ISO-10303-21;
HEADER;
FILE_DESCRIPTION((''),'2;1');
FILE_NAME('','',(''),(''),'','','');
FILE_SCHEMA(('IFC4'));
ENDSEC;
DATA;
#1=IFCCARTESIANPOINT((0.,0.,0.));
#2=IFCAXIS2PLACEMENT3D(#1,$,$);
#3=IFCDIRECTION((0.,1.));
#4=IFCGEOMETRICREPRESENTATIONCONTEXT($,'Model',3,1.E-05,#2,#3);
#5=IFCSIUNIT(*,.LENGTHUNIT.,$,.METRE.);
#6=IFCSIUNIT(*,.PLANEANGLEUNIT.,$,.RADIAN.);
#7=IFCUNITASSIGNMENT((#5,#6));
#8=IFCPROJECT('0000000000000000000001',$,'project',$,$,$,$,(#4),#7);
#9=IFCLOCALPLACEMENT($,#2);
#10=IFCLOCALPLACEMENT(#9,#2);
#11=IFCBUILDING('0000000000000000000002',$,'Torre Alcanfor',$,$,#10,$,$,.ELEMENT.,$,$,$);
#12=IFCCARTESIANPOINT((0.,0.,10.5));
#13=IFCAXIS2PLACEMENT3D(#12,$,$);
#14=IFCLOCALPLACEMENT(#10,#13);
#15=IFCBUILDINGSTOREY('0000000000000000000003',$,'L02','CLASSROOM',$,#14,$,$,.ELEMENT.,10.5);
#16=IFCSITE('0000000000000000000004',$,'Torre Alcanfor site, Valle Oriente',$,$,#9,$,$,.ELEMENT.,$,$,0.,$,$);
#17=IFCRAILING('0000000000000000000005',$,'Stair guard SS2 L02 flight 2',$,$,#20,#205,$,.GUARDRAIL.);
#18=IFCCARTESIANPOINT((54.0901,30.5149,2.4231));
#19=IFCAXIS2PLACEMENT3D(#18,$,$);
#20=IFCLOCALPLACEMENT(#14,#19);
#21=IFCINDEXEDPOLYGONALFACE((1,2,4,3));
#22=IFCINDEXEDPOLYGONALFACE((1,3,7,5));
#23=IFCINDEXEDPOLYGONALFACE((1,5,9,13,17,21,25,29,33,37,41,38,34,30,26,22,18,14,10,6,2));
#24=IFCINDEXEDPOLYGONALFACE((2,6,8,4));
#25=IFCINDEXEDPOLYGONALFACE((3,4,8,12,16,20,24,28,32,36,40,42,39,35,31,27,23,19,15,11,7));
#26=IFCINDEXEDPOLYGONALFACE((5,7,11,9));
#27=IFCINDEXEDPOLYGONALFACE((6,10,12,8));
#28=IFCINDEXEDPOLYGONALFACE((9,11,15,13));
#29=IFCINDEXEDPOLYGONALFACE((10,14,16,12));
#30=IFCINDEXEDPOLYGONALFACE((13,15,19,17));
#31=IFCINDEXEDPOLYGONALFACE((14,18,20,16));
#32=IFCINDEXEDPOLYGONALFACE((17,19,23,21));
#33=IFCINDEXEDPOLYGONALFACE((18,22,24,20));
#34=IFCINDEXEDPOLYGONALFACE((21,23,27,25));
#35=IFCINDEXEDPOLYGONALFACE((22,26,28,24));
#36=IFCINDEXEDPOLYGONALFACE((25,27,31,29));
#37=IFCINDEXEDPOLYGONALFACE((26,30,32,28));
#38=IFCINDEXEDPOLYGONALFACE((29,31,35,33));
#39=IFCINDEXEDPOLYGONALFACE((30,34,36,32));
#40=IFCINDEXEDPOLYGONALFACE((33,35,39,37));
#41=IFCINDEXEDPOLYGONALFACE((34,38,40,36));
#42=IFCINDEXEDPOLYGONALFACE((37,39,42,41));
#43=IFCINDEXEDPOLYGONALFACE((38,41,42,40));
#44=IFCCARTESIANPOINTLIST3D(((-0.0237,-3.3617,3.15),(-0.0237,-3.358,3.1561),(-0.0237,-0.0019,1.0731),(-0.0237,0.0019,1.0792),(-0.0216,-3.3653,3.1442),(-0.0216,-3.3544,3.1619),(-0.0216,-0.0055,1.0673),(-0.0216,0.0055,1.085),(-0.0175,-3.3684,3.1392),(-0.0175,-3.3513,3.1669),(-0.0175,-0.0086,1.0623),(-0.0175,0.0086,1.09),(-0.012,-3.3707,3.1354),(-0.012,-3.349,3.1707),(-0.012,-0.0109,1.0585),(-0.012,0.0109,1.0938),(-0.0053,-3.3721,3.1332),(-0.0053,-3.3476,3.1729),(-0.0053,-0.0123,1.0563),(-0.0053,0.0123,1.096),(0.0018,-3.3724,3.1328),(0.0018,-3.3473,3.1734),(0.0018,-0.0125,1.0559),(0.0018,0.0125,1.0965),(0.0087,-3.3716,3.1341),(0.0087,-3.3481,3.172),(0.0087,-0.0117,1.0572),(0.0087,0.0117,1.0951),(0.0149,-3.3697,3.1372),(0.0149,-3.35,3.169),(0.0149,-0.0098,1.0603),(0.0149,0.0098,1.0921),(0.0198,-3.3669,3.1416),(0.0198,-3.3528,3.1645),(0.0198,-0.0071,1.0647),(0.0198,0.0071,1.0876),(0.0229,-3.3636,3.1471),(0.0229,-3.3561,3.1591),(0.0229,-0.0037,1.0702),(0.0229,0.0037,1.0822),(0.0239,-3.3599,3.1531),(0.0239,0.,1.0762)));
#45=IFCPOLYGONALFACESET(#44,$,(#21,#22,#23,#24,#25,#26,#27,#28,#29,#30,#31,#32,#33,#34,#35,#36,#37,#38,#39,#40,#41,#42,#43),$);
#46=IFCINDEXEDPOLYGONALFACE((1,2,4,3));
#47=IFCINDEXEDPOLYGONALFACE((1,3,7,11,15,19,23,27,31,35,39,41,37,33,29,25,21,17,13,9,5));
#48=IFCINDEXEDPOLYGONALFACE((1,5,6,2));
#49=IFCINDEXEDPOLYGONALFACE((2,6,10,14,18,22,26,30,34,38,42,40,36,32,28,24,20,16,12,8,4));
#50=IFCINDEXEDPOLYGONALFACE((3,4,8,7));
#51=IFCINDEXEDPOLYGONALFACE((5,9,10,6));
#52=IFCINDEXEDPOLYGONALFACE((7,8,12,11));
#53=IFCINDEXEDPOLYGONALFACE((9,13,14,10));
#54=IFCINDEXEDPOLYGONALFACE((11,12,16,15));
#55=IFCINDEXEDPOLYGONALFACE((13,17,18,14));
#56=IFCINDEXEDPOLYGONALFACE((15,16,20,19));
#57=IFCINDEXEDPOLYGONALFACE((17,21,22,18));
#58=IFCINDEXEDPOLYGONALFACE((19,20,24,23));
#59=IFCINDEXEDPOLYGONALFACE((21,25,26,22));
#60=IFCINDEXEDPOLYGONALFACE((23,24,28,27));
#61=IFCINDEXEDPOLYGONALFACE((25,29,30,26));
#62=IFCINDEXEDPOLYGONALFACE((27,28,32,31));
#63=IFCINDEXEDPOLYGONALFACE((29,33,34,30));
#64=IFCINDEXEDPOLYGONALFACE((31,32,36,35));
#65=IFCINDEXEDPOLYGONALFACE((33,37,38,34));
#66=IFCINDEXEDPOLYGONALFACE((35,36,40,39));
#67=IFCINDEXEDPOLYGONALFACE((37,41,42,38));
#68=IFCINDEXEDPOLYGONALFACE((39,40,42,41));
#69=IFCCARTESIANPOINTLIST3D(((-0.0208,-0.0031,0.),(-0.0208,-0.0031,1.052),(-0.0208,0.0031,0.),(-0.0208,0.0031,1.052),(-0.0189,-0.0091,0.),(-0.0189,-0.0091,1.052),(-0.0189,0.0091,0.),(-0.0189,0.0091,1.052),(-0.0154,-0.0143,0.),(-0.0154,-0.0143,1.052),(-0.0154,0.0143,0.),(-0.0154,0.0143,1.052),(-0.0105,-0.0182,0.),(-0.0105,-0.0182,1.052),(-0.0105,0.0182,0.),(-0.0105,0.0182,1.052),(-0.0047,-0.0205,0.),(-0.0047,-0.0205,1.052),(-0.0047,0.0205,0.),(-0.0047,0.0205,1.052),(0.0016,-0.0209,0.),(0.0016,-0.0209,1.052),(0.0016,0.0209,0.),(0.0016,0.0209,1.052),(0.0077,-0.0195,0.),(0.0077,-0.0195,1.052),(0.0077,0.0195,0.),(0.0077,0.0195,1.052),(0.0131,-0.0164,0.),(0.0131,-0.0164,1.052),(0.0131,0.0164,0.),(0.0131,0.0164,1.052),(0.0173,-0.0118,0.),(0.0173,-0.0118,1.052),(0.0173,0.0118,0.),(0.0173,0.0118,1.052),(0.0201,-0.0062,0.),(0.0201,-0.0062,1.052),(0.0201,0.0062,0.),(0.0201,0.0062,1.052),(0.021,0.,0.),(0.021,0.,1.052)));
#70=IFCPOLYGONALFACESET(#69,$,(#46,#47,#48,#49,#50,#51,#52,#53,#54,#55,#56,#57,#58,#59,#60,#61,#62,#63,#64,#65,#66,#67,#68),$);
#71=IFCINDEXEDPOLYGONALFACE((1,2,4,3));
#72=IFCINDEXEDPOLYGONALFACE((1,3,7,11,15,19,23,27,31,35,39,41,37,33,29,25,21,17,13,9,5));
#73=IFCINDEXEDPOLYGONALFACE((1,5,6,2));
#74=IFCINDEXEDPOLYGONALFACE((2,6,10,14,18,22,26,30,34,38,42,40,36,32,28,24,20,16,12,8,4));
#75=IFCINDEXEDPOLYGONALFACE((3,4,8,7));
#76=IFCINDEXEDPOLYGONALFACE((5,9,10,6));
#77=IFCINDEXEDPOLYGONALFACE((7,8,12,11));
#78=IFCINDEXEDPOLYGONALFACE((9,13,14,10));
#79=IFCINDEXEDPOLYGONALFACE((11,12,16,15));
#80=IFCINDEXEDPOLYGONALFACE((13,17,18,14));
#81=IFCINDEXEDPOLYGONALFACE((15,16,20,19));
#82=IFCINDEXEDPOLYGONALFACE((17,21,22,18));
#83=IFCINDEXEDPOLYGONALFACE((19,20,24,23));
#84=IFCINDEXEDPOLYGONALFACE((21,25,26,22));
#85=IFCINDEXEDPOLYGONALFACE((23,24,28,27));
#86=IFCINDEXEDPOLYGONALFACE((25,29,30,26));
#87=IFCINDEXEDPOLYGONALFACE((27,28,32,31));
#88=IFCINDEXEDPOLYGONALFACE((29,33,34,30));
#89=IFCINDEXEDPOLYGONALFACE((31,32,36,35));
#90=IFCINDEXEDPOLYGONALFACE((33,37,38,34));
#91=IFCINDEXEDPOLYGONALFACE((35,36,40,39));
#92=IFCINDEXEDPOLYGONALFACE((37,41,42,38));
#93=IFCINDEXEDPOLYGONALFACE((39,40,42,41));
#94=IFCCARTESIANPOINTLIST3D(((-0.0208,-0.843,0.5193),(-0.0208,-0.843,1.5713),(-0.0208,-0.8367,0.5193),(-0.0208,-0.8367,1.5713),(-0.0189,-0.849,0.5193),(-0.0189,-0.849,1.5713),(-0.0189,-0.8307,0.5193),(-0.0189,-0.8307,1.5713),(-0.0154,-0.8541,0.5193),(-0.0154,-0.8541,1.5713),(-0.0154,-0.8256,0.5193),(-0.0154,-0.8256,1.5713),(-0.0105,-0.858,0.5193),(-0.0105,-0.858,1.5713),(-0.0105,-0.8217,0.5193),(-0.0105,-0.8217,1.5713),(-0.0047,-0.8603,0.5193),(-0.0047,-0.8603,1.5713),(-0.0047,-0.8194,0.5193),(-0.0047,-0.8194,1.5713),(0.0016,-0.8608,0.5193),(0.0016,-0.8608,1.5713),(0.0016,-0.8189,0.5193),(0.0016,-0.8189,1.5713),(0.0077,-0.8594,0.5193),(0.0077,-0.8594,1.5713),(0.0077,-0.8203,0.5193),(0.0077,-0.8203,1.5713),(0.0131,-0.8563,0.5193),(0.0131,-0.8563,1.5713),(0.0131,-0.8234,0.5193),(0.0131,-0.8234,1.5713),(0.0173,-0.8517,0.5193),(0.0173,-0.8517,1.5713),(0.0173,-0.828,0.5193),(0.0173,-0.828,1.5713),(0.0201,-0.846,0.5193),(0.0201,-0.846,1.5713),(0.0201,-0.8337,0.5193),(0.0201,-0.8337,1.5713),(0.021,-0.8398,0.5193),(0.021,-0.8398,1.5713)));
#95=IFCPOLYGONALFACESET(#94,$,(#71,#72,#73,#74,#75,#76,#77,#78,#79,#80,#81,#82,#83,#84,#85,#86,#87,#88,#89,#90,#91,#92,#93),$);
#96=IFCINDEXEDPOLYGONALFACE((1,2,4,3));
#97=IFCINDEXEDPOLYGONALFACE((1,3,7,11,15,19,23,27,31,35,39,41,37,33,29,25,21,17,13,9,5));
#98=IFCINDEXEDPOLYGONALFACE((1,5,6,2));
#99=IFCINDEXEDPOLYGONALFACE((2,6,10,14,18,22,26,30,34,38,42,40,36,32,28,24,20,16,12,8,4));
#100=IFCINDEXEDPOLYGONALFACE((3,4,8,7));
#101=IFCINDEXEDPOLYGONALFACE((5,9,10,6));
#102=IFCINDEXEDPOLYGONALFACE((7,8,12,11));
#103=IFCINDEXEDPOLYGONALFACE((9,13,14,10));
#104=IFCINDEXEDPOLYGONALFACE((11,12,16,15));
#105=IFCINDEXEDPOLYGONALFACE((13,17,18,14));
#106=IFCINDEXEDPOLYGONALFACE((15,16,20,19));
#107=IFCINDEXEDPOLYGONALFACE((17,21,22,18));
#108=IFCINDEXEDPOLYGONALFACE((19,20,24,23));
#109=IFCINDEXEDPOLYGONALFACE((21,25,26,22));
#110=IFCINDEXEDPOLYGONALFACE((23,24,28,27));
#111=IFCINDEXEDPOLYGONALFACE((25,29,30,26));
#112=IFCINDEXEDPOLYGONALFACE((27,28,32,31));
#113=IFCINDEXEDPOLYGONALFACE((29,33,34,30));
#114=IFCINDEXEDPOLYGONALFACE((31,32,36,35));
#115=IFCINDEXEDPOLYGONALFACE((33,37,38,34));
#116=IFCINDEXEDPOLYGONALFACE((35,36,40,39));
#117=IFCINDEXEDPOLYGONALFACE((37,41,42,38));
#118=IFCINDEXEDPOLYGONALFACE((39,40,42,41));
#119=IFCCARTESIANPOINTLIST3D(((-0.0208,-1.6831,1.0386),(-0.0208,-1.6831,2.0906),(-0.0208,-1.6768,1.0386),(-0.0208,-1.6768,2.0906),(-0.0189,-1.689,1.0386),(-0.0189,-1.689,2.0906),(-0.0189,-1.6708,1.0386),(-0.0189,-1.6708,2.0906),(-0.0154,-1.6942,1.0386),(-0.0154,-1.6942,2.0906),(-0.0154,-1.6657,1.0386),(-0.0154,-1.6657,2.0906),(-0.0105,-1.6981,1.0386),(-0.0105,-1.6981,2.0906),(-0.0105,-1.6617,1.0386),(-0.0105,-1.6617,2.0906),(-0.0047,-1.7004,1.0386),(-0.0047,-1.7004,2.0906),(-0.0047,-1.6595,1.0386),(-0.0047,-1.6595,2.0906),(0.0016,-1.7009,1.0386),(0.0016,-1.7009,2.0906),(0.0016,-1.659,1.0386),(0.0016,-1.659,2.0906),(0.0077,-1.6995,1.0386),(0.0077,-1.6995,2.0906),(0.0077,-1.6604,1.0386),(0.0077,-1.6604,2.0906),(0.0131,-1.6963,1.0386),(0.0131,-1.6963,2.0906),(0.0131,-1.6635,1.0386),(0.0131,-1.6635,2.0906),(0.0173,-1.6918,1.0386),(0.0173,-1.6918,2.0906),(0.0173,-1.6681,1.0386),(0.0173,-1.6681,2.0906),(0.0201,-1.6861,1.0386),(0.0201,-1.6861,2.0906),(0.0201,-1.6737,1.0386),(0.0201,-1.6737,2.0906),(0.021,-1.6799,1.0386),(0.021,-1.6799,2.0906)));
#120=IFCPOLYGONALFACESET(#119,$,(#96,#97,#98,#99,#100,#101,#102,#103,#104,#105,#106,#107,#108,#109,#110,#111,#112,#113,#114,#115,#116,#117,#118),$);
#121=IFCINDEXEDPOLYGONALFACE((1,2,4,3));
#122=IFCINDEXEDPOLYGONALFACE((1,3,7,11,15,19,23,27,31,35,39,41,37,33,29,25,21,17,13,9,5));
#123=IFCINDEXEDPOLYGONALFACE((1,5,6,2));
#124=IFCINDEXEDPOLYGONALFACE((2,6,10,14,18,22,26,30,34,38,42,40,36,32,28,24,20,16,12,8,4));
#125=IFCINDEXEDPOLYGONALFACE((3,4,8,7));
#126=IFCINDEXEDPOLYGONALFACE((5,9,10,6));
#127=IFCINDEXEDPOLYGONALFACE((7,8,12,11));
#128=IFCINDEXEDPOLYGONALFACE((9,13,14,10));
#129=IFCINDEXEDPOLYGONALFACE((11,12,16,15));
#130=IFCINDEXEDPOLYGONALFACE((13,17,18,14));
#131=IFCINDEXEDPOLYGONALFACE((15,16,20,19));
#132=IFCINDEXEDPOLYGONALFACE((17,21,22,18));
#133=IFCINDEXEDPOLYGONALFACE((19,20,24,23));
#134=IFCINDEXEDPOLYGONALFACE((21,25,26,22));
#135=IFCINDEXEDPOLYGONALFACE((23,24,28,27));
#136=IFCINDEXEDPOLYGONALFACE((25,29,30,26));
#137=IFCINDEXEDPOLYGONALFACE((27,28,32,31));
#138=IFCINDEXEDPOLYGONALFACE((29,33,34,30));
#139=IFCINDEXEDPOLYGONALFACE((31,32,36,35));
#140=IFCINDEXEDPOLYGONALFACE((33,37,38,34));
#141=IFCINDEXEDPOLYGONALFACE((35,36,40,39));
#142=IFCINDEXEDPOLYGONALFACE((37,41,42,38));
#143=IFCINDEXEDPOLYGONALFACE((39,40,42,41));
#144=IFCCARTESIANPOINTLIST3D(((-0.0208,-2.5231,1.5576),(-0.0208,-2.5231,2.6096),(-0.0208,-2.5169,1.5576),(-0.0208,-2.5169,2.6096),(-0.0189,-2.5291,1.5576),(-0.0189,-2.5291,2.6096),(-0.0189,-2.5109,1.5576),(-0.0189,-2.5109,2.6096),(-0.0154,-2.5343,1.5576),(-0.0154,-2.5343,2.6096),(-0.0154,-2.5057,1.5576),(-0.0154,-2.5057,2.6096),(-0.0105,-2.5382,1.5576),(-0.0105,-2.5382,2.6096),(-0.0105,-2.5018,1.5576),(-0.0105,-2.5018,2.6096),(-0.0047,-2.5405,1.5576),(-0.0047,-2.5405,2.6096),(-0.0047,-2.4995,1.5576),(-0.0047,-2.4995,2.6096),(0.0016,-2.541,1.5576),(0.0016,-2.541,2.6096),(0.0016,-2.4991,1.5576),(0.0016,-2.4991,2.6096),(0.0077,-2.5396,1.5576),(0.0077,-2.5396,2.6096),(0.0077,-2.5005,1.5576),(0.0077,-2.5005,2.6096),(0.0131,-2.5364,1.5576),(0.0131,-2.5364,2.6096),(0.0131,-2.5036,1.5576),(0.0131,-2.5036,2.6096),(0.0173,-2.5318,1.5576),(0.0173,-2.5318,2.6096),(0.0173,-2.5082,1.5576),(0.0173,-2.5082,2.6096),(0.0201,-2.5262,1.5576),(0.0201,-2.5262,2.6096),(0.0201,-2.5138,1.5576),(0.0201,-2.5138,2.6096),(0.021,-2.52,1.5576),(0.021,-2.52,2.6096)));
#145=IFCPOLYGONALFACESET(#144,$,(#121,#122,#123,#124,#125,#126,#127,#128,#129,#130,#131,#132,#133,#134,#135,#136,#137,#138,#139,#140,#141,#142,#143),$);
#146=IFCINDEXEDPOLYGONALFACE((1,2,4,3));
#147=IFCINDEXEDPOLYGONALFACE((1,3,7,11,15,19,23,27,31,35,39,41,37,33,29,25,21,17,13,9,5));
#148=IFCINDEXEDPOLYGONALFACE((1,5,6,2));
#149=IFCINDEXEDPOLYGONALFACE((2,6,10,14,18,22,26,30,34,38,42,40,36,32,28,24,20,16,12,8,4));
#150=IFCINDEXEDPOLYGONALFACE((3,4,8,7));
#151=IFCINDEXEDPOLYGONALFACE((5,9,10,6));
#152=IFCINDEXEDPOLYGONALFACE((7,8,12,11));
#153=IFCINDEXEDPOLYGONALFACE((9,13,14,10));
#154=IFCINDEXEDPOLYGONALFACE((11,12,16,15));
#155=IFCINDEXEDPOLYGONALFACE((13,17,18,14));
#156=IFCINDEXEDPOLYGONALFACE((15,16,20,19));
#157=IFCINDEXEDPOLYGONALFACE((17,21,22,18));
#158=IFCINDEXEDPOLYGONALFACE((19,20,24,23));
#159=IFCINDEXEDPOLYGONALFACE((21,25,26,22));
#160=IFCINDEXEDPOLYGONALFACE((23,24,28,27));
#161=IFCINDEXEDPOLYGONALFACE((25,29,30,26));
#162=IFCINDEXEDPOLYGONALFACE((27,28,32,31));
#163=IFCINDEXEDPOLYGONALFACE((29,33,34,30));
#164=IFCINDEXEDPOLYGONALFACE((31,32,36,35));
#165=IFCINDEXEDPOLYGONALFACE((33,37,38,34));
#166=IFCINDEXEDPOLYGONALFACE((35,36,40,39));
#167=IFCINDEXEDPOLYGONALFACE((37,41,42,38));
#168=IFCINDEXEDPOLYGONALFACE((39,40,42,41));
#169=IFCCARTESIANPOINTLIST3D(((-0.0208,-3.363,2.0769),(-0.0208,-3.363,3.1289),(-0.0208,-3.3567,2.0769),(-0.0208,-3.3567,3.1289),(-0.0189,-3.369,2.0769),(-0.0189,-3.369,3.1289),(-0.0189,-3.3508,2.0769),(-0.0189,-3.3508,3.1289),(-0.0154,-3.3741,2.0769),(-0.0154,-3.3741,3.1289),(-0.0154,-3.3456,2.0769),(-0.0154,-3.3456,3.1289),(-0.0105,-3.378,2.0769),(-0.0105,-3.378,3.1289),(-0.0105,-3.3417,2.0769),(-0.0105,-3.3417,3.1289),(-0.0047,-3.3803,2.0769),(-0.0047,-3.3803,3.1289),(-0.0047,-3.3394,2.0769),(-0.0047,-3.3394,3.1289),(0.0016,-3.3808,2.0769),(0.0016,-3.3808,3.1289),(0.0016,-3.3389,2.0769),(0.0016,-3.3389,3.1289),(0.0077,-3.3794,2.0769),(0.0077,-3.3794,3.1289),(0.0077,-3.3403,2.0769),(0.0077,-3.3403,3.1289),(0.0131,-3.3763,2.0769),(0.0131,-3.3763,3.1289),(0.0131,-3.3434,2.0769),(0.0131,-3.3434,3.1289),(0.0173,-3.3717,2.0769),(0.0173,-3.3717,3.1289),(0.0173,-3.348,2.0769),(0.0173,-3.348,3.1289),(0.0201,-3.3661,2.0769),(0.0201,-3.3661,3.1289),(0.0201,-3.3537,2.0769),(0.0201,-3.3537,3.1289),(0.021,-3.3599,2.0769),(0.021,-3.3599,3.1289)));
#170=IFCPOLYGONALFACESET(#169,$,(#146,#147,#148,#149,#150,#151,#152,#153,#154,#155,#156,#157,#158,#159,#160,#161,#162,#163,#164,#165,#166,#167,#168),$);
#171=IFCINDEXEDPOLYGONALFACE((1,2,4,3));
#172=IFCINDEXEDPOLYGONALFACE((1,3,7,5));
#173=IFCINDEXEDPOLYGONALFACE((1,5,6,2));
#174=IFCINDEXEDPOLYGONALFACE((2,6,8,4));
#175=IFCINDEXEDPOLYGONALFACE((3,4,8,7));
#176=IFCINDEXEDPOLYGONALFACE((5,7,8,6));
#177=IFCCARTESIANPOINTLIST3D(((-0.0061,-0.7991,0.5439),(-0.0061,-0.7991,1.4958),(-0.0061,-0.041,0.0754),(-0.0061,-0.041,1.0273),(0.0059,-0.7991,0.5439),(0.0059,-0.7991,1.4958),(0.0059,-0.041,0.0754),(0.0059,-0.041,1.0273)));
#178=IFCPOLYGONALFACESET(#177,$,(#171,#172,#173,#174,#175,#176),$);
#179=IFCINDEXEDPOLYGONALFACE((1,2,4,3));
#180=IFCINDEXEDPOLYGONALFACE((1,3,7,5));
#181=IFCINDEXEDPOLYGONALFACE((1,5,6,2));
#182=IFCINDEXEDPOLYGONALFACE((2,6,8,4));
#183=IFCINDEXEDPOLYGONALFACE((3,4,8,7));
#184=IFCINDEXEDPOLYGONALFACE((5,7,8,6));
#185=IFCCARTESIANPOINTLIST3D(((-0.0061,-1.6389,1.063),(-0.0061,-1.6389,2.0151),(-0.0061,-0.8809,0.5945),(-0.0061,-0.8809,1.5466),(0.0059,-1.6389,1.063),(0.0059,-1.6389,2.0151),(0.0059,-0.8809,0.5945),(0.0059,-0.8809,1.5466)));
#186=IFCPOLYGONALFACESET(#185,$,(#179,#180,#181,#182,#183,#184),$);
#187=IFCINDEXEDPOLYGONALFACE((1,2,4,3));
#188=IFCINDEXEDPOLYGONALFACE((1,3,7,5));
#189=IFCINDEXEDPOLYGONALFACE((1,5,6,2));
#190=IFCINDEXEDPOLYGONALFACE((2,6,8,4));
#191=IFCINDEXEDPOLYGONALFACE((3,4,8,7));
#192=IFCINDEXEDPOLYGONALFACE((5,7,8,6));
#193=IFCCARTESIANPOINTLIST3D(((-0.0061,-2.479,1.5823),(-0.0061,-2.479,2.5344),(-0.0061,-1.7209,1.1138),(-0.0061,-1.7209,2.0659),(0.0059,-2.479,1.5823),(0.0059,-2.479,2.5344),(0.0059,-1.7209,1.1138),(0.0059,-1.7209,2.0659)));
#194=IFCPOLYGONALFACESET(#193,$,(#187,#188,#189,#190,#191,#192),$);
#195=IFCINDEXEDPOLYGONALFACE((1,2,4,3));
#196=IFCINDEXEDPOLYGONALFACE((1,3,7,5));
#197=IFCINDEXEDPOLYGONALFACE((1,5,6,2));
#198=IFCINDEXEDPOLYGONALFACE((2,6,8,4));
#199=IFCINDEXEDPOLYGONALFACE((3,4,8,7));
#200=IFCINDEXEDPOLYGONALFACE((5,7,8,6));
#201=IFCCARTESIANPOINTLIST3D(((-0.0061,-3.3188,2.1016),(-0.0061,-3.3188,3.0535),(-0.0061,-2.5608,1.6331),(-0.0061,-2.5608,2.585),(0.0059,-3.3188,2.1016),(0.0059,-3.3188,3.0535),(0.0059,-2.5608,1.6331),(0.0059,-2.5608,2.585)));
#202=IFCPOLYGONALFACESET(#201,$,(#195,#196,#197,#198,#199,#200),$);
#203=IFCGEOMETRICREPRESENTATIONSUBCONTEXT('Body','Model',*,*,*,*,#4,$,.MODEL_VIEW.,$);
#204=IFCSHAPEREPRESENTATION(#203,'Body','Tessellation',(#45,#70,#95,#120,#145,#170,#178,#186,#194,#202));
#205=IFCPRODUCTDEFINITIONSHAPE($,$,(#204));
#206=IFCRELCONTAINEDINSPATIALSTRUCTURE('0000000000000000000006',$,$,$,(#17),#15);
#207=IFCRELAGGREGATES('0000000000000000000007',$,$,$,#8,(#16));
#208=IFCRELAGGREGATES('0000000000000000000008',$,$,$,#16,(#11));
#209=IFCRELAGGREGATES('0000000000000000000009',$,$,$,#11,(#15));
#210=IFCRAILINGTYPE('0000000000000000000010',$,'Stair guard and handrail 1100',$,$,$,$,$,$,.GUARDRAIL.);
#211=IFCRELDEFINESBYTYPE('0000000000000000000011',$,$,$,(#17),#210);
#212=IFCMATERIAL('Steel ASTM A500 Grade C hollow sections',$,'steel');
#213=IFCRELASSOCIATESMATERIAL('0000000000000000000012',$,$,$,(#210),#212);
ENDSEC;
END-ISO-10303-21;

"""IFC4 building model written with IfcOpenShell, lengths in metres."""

from ifc_helpers import new_model, si_unit, direction, frame, origin, origin_2d, place, context, subcontext, project, spatial, polyline, circle, outline, extrude, material, type_object, element, save


model = new_model("IFC4")

# Units and contexts
model_context = context("Model", 3, precision=1e-05, world=origin(), true_north=direction((0.0, 1.0)))
body_context = subcontext(model_context, "Body", "Model", "MODEL_VIEW")
ifc_project = project(units=[si_unit("LENGTHUNIT", "METRE"), si_unit("PLANEANGLEUNIT", "RADIAN")], contexts=[model_context])

# Site, building, storey
site_placement = place(None, origin())
site = spatial("IfcSite", under=ifc_project, at=site_placement, Name="Torre Alcanfor site, Valle Oriente", CompositionType="ELEMENT", RefElevation=0.0)
building_placement = place(site_placement, origin())
building = spatial("IfcBuilding", under=site, at=building_placement, Name="Torre Alcanfor", CompositionType="ELEMENT")
storey_placement = place(building_placement, frame((0.0, 0.0, 10.5)))
storey = spatial("IfcBuildingStorey", under=building, at=storey_placement, Name="L02", Description="CLASSROOM", CompositionType="ELEMENT", Elevation=10.5)

# Railing
ifc_material_1 = material(Name="Steel ASTM A500 Grade C hollow sections", Category="steel")
railing_type_1 = type_object("IfcRailingType", Name="Stair guard and handrail 1100", PredefinedType="GUARDRAIL", material=ifc_material_1)
railing_1_placement = place(storey_placement, frame((54.0901, 30.5149, 2.4231)))
element("IfcRailing", 1, at=railing_1_placement, inside=storey, type_object=railing_type_1, Name="Stair guard SS2 L02 flight 2", PredefinedType="GUARDRAIL", context=body_context, shape_type="SweptSolid", body=[
    extrude(circle(Radius=0.0239, at=origin_2d()), frame((0.0, 0.0, 1.0762), z_axis=(0.0, -0.850606, 0.525803), x_axis=(1.0, 0.0, 0.0)), (0.0, 0.0, 1.0), 3.95),
    extrude(circle(Radius=0.021, at=origin_2d()), origin(), (0.0, 0.0, 1.0), 1.052),
    extrude(circle(Radius=0.021, at=origin_2d()), frame((0.0, -0.8398, 0.5193)), (0.0, 0.0, 1.0), 1.052),
    extrude(circle(Radius=0.021, at=origin_2d()), frame((0.0, -1.6799, 1.0386)), (0.0, 0.0, 1.0), 1.052),
    extrude(circle(Radius=0.021, at=origin_2d()), frame((0.0, -2.52, 1.5576)), (0.0, 0.0, 1.0), 1.052),
    extrude(circle(Radius=0.021, at=origin_2d()), frame((0.0, -3.3599, 2.0769)), (0.0, 0.0, 1.0), 1.052),
    extrude(outline(polyline([(0.041, 0.0754), (0.7991, 0.5439), (0.7991, 1.4958), (0.041, 1.0273), (0.041, 0.0754)])), frame((0.0059, 0.0, 0.0), z_axis=(-1.0, 0.0, 0.0), x_axis=(0.0, -1.0, 0.0)), (0.0, 0.0, 1.0), 0.012),
    extrude(outline(polyline([(0.8809, 0.5945), (1.6389, 1.063), (1.6389, 2.0151), (0.8809, 1.5466), (0.8809, 0.5945)])), frame((0.0059, 0.0, 0.0), z_axis=(-1.0, 0.0, 0.0), x_axis=(0.0, -1.0, 0.0)), (0.0, 0.0, 1.0), 0.012),
    extrude(outline(polyline([(1.7209, 1.1138), (2.479, 1.5823), (2.479, 2.5344), (1.7209, 2.0659), (1.7209, 1.1138)])), frame((0.0059, 0.0, 0.0), z_axis=(-1.0, 0.0, 0.0), x_axis=(0.0, -1.0, 0.0)), (0.0, 0.0, 1.0), 0.012),
    extrude(outline(polyline([(2.5608, 1.6331), (3.3188, 2.1016), (3.3188, 3.0535), (2.5608, 2.585), (2.5608, 1.6331)])), frame((0.0059, 0.0, 0.0), z_axis=(-1.0, 0.0, 0.0), x_axis=(0.0, -1.0, 0.0)), (0.0, 0.0, 1.0), 0.012),
])

save(model, "model.ifc")
